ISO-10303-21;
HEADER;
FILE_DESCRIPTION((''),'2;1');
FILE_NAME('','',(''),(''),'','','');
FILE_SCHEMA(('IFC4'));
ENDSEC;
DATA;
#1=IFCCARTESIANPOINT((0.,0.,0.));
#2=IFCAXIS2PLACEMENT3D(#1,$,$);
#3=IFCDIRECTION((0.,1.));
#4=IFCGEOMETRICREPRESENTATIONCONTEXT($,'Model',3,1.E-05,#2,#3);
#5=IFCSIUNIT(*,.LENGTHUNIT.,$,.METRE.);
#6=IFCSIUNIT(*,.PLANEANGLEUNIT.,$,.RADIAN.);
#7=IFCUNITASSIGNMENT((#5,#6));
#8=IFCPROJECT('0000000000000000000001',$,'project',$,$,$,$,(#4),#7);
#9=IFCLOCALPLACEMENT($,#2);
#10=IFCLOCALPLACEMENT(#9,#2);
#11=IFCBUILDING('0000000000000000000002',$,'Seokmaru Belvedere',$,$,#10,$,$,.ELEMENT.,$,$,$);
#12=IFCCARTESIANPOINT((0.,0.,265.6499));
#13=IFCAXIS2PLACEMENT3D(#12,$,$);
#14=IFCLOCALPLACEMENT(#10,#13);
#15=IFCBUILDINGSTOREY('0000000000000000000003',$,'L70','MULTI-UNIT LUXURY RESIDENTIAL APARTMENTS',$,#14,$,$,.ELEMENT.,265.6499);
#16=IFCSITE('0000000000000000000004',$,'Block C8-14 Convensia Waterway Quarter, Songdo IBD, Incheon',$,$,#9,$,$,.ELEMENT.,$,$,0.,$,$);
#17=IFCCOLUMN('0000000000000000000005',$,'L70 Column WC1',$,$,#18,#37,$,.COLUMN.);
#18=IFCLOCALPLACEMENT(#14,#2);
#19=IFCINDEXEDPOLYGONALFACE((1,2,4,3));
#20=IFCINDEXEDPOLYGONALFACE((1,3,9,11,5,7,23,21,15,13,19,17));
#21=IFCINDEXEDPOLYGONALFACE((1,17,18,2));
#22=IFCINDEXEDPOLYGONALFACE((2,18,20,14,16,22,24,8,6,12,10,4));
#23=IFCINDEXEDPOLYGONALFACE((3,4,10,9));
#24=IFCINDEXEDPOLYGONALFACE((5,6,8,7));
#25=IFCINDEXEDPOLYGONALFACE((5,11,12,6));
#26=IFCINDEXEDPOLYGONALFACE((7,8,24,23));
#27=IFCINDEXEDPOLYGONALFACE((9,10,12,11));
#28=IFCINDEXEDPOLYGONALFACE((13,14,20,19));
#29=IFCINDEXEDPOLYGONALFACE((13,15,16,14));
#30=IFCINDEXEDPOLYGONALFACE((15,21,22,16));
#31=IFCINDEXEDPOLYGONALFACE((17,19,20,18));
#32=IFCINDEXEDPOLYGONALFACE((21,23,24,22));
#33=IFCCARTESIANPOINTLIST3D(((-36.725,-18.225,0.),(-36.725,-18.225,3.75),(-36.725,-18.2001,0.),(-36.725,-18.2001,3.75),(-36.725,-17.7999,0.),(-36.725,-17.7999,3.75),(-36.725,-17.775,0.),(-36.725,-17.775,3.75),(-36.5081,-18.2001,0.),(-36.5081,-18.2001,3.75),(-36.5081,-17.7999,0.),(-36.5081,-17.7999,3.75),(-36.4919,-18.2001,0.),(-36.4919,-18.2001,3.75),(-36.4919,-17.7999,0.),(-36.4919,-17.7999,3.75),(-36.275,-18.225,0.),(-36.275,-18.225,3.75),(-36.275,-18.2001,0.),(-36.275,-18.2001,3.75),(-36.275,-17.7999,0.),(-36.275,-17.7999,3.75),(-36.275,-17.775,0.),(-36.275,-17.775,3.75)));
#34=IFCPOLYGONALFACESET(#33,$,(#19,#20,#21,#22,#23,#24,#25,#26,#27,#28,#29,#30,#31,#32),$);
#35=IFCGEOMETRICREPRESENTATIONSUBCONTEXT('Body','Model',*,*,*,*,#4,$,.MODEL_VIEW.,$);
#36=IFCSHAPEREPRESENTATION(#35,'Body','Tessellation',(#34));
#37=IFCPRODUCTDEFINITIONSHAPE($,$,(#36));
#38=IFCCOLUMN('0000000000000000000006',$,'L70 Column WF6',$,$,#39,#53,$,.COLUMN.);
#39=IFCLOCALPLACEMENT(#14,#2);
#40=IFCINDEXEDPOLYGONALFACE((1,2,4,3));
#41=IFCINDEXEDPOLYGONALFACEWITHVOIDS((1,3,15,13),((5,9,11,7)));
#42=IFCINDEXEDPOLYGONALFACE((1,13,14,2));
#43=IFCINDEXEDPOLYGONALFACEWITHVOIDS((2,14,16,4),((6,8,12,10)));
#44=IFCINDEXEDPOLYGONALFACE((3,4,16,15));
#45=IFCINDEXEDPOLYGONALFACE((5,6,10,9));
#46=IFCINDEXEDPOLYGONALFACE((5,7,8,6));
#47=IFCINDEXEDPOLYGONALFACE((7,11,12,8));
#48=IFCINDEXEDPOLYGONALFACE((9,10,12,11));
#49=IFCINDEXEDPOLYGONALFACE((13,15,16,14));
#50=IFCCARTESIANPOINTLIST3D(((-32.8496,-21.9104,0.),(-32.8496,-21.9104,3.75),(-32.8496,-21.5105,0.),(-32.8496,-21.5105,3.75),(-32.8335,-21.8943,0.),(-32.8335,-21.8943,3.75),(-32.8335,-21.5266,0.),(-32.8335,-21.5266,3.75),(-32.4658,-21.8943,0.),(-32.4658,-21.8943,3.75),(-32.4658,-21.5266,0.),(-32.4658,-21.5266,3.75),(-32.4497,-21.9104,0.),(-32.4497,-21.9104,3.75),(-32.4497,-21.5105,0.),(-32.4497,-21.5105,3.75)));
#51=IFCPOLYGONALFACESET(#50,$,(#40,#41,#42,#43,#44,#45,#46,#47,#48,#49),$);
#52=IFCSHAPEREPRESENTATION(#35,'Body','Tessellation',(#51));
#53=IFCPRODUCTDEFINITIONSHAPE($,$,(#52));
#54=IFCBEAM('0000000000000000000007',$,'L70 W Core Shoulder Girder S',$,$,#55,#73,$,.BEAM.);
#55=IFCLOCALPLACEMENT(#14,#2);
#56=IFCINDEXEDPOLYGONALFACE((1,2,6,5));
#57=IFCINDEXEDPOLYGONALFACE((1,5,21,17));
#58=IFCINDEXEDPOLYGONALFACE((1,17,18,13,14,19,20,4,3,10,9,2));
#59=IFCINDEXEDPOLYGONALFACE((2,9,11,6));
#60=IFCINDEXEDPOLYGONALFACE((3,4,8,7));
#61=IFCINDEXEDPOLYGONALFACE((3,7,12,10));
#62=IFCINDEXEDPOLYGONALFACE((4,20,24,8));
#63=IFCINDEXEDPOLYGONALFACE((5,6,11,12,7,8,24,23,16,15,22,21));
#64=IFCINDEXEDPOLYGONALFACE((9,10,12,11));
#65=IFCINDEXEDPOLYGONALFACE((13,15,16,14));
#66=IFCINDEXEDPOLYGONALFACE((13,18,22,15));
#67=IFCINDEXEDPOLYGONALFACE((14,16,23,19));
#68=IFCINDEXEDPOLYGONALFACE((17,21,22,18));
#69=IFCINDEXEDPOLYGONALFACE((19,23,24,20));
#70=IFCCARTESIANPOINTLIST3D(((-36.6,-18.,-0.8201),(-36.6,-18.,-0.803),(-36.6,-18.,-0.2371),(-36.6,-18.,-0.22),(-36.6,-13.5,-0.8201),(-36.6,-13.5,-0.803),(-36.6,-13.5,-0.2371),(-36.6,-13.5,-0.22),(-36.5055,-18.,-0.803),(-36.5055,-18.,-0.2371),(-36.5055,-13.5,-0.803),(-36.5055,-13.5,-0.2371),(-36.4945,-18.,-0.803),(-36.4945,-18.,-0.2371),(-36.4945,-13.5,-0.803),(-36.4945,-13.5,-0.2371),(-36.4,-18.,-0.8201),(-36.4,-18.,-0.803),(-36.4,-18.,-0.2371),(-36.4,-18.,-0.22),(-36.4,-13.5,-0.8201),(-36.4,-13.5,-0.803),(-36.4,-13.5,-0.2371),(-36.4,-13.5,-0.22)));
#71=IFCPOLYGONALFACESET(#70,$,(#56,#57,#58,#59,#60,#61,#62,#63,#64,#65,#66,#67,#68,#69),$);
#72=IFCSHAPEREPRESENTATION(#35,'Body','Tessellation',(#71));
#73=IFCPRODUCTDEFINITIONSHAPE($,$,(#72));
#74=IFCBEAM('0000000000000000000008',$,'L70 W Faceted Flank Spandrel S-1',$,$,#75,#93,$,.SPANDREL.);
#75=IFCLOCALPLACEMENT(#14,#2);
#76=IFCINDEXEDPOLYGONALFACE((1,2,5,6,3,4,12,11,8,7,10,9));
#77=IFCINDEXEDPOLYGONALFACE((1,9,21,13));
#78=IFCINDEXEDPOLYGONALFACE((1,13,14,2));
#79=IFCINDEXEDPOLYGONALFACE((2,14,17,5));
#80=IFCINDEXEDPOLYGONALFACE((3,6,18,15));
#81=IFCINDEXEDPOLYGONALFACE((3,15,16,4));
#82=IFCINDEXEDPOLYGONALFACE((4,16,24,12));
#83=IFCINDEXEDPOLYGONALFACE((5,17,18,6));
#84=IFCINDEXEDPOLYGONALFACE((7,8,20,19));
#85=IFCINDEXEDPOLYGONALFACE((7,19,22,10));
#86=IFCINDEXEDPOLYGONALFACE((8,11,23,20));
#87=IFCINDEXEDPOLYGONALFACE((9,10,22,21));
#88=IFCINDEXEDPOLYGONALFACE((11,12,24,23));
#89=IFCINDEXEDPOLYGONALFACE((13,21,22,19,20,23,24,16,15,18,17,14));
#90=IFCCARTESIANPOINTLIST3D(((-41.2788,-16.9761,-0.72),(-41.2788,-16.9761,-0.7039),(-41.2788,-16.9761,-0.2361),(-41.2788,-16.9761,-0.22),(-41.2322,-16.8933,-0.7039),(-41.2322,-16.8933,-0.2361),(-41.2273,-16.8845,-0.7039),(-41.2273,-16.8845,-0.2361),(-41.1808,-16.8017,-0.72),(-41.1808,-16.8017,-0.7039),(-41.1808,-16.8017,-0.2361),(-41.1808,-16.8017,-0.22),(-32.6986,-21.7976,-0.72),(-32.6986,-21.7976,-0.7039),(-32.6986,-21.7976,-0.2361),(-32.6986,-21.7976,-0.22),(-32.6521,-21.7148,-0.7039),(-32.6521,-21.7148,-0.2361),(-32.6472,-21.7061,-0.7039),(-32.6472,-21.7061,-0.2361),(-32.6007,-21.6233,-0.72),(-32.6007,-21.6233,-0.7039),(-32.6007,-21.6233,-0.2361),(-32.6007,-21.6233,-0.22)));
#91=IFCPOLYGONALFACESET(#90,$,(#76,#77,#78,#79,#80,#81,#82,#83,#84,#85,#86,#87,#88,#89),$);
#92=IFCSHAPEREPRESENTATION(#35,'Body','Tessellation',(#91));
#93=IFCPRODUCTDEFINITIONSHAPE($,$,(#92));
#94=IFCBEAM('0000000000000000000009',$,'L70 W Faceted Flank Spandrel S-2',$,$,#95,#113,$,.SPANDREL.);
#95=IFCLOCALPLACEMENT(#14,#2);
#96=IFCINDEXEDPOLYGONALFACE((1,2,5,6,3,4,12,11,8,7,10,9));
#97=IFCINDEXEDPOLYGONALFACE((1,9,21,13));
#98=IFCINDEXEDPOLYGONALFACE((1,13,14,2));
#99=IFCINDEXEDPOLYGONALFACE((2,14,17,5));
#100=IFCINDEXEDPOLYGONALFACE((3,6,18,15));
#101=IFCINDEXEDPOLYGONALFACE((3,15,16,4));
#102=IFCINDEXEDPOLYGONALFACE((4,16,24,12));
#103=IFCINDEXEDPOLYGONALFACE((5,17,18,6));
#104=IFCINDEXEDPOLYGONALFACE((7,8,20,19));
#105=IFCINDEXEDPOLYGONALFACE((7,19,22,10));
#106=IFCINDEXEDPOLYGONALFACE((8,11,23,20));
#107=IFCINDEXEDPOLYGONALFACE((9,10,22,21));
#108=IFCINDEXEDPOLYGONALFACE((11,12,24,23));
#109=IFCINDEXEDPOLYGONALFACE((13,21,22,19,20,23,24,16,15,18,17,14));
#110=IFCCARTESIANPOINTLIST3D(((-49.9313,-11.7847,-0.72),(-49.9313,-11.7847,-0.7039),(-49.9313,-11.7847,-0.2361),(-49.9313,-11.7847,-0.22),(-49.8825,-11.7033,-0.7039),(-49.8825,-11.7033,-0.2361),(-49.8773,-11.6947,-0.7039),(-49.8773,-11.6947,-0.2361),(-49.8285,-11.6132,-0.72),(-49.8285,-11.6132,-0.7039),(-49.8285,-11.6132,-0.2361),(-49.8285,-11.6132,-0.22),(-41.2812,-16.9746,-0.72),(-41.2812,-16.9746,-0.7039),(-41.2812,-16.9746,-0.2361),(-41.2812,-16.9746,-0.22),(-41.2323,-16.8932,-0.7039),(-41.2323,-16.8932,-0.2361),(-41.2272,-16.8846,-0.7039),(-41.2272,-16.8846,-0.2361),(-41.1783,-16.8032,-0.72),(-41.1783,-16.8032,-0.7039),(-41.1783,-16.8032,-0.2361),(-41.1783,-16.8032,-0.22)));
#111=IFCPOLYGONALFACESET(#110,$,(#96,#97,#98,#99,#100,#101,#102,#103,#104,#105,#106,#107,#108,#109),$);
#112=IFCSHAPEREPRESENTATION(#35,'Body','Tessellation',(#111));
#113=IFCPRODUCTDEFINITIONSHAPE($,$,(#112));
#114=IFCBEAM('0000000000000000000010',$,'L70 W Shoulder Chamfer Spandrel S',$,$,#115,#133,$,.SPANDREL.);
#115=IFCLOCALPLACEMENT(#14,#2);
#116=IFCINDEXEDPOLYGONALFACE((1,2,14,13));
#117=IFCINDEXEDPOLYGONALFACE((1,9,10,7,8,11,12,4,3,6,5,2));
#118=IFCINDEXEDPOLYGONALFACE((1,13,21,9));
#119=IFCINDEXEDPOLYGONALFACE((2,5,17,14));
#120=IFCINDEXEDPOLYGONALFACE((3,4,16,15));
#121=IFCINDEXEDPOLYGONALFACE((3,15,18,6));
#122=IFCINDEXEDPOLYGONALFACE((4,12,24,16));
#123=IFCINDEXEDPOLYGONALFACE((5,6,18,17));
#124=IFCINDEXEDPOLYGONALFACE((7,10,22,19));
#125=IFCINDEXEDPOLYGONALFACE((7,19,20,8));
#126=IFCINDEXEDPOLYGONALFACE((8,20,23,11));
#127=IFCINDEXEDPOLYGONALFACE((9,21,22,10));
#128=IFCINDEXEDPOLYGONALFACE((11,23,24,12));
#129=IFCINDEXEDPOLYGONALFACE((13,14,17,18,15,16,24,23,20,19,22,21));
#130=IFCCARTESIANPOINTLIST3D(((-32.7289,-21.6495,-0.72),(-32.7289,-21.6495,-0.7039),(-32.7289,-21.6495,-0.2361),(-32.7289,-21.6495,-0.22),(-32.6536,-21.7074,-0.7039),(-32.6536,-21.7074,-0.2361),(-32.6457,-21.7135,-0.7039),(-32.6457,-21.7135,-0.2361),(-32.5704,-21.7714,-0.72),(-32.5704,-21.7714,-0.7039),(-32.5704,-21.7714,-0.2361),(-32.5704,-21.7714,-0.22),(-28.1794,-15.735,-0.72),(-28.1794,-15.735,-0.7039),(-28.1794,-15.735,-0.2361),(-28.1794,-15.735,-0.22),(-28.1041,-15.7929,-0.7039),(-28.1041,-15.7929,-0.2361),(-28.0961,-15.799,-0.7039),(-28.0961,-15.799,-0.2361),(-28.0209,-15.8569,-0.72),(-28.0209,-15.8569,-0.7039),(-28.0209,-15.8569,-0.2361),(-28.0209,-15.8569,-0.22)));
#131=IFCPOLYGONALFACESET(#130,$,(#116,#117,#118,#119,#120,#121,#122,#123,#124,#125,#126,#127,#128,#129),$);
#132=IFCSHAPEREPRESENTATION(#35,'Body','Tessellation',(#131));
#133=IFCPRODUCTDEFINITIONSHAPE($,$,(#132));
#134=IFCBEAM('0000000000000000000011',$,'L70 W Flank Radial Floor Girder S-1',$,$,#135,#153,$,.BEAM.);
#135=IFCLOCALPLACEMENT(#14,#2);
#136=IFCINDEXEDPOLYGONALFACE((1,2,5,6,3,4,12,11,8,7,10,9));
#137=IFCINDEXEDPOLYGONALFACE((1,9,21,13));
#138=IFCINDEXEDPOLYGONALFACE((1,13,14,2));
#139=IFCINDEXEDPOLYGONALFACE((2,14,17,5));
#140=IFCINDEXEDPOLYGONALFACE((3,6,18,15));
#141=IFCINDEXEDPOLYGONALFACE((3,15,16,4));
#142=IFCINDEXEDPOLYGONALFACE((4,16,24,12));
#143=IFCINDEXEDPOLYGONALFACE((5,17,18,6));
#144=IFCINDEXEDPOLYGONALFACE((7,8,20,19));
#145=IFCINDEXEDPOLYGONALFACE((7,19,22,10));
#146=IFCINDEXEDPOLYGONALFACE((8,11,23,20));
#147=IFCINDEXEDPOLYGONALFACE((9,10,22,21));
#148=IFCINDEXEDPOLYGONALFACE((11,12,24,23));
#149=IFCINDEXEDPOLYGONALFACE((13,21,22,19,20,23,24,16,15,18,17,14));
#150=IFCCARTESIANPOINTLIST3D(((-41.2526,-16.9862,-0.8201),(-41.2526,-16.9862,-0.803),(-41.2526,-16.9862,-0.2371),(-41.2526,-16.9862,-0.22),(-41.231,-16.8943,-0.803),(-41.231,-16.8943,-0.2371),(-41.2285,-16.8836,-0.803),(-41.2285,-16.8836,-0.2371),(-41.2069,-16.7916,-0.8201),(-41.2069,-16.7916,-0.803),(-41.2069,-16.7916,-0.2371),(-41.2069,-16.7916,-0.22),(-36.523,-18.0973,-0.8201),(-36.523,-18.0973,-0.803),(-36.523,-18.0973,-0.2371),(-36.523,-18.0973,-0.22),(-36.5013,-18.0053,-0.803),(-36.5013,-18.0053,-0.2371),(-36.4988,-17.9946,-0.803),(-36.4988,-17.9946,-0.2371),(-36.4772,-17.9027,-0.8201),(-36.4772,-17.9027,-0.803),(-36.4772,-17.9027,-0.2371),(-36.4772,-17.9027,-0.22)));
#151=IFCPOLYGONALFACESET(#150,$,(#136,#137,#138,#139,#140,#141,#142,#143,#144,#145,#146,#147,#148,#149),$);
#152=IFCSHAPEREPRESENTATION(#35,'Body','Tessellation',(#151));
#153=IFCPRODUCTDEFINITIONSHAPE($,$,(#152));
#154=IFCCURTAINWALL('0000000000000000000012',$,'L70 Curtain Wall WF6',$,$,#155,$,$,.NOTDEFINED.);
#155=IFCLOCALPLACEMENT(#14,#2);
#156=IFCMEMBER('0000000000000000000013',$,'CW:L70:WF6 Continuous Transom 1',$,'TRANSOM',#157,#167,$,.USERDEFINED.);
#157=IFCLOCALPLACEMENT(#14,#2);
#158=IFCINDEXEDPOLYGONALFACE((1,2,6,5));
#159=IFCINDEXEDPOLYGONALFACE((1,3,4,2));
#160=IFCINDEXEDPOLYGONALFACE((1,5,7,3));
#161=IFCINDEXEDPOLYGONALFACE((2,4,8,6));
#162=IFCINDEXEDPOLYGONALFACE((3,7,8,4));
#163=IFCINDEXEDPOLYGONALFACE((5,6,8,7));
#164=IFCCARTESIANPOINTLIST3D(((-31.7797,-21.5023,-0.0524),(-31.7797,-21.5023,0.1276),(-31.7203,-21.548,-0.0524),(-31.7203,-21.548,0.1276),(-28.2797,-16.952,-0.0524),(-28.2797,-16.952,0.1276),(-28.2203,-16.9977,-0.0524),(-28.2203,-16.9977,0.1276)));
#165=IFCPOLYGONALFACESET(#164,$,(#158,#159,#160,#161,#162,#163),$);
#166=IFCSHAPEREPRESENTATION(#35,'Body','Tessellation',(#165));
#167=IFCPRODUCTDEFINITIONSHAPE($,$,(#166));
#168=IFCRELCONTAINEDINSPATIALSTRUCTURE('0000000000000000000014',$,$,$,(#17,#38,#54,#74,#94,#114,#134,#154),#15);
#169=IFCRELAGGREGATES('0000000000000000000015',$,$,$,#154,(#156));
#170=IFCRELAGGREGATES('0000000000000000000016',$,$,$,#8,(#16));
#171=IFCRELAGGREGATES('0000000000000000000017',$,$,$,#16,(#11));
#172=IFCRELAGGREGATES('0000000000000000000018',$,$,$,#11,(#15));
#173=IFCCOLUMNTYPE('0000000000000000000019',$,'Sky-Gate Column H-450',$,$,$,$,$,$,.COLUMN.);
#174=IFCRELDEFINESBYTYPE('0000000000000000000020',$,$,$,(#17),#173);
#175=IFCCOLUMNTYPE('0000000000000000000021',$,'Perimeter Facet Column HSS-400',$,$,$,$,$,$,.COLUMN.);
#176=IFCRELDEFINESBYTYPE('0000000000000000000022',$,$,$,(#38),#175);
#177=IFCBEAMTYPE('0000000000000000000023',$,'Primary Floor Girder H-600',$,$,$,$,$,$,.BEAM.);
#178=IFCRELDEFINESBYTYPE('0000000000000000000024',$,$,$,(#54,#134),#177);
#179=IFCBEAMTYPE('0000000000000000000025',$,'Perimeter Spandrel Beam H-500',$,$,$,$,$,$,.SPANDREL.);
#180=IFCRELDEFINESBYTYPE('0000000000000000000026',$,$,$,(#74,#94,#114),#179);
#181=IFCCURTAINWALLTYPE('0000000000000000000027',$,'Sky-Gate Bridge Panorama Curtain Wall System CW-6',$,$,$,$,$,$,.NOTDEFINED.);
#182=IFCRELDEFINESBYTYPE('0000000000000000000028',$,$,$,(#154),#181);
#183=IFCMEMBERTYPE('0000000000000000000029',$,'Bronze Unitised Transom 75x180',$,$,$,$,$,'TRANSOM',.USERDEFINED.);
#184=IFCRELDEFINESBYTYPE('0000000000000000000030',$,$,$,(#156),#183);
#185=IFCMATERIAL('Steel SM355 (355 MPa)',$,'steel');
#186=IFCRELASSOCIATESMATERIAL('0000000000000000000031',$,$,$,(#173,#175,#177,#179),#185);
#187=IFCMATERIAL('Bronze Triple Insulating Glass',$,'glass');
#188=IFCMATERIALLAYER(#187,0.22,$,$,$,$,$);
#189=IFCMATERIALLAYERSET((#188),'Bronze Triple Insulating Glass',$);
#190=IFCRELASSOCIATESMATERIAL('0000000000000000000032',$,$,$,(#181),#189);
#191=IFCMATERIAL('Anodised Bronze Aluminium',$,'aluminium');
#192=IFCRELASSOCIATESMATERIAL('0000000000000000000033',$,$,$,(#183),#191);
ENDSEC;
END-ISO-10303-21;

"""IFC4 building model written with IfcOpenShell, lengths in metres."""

from ifc_helpers import new_model, si_unit, direction, frame, origin, origin_2d, place, context, subcontext, project, spatial, rectangle, hollow_rectangle, i_section, extrude, source, transform, mapped, material, layer, layer_set, material_profile, profile_set, type_object, type_shapes, element, aggregate, save


model = new_model("IFC4")

# Units and contexts
model_context = context("Model", 3, precision=1e-05, world=origin(), true_north=direction((0.0, 1.0)))
body_context = subcontext(model_context, "Body", "Model", "MODEL_VIEW")
ifc_project = project(units=[si_unit("LENGTHUNIT", "METRE"), si_unit("PLANEANGLEUNIT", "RADIAN")], contexts=[model_context])

# Site, building, storey
site_placement = place(None, origin())
site = spatial("IfcSite", under=ifc_project, at=site_placement, Name="Block C8-14 Convensia Waterway Quarter, Songdo IBD, Incheon", CompositionType="ELEMENT", RefElevation=0.0)
building_placement = place(site_placement, origin())
building = spatial("IfcBuilding", under=site, at=building_placement, Name="Seokmaru Belvedere", CompositionType="ELEMENT")
storey_placement = place(building_placement, frame((0.0, 0.0, 265.6499)))
storey = spatial("IfcBuildingStorey", under=building, at=storey_placement, Name="L70", Description="MULTI-UNIT LUXURY RESIDENTIAL APARTMENTS", CompositionType="ELEMENT", Elevation=265.6499)

# Columns
ifc_material_1 = material(Name="Steel SM355 (355 MPa)", Category="steel")
ifc_material_profile_1 = material_profile(ifc_material_1, i_section(OverallWidth=0.45, OverallDepth=0.45, WebThickness=0.0161, FlangeThickness=0.0249, at=origin_2d()), Name="H-450x450x16x25")
ifc_profile_set_1 = profile_set([ifc_material_profile_1], Name="Steel SM355 (355 MPa)")
column_type_1 = type_object("IfcColumnType", Name="Sky-Gate Column H-450", PredefinedType="COLUMN", material=ifc_profile_set_1)
shared_shape_1 = source(origin(), body_context, "Body", "SweptSolid", [
    extrude(i_section(OverallWidth=0.45, OverallDepth=0.45, WebThickness=0.0161, FlangeThickness=0.0249, at=origin_2d()), origin(), (0.0, 0.0, 1.0), 3.75),
])
type_shapes(column_type_1, [shared_shape_1])
column_1_placement = place(storey_placement, frame((-36.5, -18.0, 0.0), z_axis=(0.0, 0.0, 1.0), x_axis=(1.0, 0.0, 0.0)))
element("IfcColumn", 1, at=column_1_placement, inside=storey, type_object=column_type_1, Name="L70 Column WC1", PredefinedType="COLUMN", context=body_context, shape_type="MappedRepresentation", body=[
    mapped(shared_shape_1, transform((0.0, 0.0, 0.0), scale=1.0)),
])
ifc_material_profile_2 = material_profile(ifc_material_1, hollow_rectangle(XDim=0.3999, YDim=0.3999, WallThickness=0.0161, at=origin_2d()), Name="HSS-400x400x16")
ifc_profile_set_2 = profile_set([ifc_material_profile_2], Name="Steel SM355 (355 MPa)")
column_type_2 = type_object("IfcColumnType", Name="Perimeter Facet Column HSS-400", PredefinedType="COLUMN", material=ifc_profile_set_2)
shared_shape_2 = source(origin(), body_context, "Body", "SweptSolid", [
    extrude(hollow_rectangle(XDim=0.3999, YDim=0.3999, WallThickness=0.0161, at=origin_2d()), origin(), (0.0, 0.0, 1.0), 3.75),
])
type_shapes(column_type_2, [shared_shape_2])
column_2_placement = place(storey_placement, frame((-32.6497, -21.7104, 0.0), z_axis=(0.0, 0.0, 1.0), x_axis=(1.0, 0.0, 0.0)))
element("IfcColumn", 2, at=column_2_placement, inside=storey, type_object=column_type_2, Name="L70 Column WF6", PredefinedType="COLUMN", context=body_context, shape_type="MappedRepresentation", body=[
    mapped(shared_shape_2, transform((0.0, 0.0, 0.0), scale=1.0)),
])

# Beams
ifc_material_profile_3 = material_profile(ifc_material_1, i_section(OverallWidth=0.2, OverallDepth=0.6001, WebThickness=0.011, FlangeThickness=0.0171, at=origin_2d()), Name="H-600x200x11x17")
ifc_profile_set_3 = profile_set([ifc_material_profile_3], Name="Steel SM355 (355 MPa)")
beam_type_1 = type_object("IfcBeamType", Name="Primary Floor Girder H-600", PredefinedType="BEAM", material=ifc_profile_set_3)
shared_shape_3 = source(origin(), body_context, "Body", "SweptSolid", [
    extrude(i_section(OverallWidth=0.2, OverallDepth=0.6001, WebThickness=0.011, FlangeThickness=0.0171, at=origin_2d()), origin(), (0.0, 0.0, 1.0), 4.5),
])
beam_1_placement = place(storey_placement, frame((-36.5, -18.0, -0.52), z_axis=(0.0, 1.0, 0.0), x_axis=(-1.0, 0.0, 0.0)))
element("IfcBeam", 3, at=beam_1_placement, inside=storey, type_object=beam_type_1, Name="L70 W Core Shoulder Girder S", PredefinedType="BEAM", context=body_context, shape_type="MappedRepresentation", body=[
    mapped(shared_shape_3, transform((0.0, 0.0, 0.0), scale=1.0)),
])
ifc_material_profile_4 = material_profile(ifc_material_1, i_section(OverallWidth=0.2, OverallDepth=0.5, WebThickness=0.01, FlangeThickness=0.0161, at=origin_2d()), Name="H-500x200x10x16")
ifc_profile_set_4 = profile_set([ifc_material_profile_4], Name="Steel SM355 (355 MPa)")
beam_type_2 = type_object("IfcBeamType", Name="Perimeter Spandrel Beam H-500", PredefinedType="SPANDREL", material=ifc_profile_set_4)
shared_shape_4 = source(origin(), body_context, "Body", "SweptSolid", [
    extrude(i_section(OverallWidth=0.2, OverallDepth=0.5, WebThickness=0.01, FlangeThickness=0.0161, at=origin_2d()), origin(), (0.0, 0.0, 1.0), 9.842),
])
beam_2_placement = place(storey_placement, frame((-32.6497, -21.7104, -0.47), z_axis=(-0.871782, 0.489894, 0.0), x_axis=(-0.489894, -0.871782, 0.0)))
element("IfcBeam", 4, at=beam_2_placement, inside=storey, type_object=beam_type_2, Name="L70 W Faceted Flank Spandrel S-1", PredefinedType="SPANDREL", context=body_context, shape_type="MappedRepresentation", body=[
    mapped(shared_shape_4, transform((0.0, 0.0, 0.0), scale=1.0)),
])
shared_shape_5 = source(origin(), body_context, "Body", "SweptSolid", [
    extrude(i_section(OverallWidth=0.2, OverallDepth=0.5, WebThickness=0.01, FlangeThickness=0.0161, at=origin_2d()), origin(), (0.0, 0.0, 1.0), 10.0876),
])
beam_3_placement = place(storey_placement, frame((-41.2297, -16.8889, -0.47), z_axis=(-0.857499, 0.514485, 0.0), x_axis=(-0.514485, -0.857499, 0.0)))
element("IfcBeam", 5, at=beam_3_placement, inside=storey, type_object=beam_type_2, Name="L70 W Faceted Flank Spandrel S-2", PredefinedType="SPANDREL", context=body_context, shape_type="MappedRepresentation", body=[
    mapped(shared_shape_5, transform((0.0, 0.0, 0.0), scale=1.0)),
])
shared_shape_6 = source(origin(), body_context, "Body", "SweptSolid", [
    extrude(i_section(OverallWidth=0.2, OverallDepth=0.5, WebThickness=0.01, FlangeThickness=0.0161, at=origin_2d()), origin(), (0.0, 0.0, 1.0), 7.4619),
])
type_shapes(beam_type_2, [shared_shape_4, shared_shape_5, shared_shape_6])
beam_4_placement = place(storey_placement, frame((-32.6497, -21.7104, -0.47), z_axis=(0.609703, 0.79263, 0.0), x_axis=(-0.79263, 0.609703, 0.0)))
element("IfcBeam", 6, at=beam_4_placement, inside=storey, type_object=beam_type_2, Name="L70 W Shoulder Chamfer Spandrel S", PredefinedType="SPANDREL", context=body_context, shape_type="MappedRepresentation", body=[
    mapped(shared_shape_6, transform((0.0, 0.0, 0.0), scale=1.0)),
])
shared_shape_7 = source(origin(), body_context, "Body", "SweptSolid", [
    extrude(i_section(OverallWidth=0.2, OverallDepth=0.6001, WebThickness=0.011, FlangeThickness=0.0171, at=origin_2d()), origin(), (0.0, 0.0, 1.0), 4.8584),
])
type_shapes(beam_type_1, [shared_shape_3, shared_shape_7])
beam_5_placement = place(storey_placement, frame((-41.2297, -16.8889, -0.52), z_axis=(0.973499, -0.228689, 0.0), x_axis=(0.228689, 0.973499, 0.0)))
element("IfcBeam", 7, at=beam_5_placement, inside=storey, type_object=beam_type_1, Name="L70 W Flank Radial Floor Girder S-1", PredefinedType="BEAM", context=body_context, shape_type="MappedRepresentation", body=[
    mapped(shared_shape_7, transform((0.0, 0.0, 0.0), scale=1.0)),
])

# Curtain wall, member
ifc_material_2 = material(Name="Bronze Triple Insulating Glass", Category="glass")
ifc_layer_1 = layer(ifc_material_2, 0.22)
ifc_layer_set_1 = layer_set([ifc_layer_1], Name="Bronze Triple Insulating Glass")
curtain_wall_type = type_object("IfcCurtainWallType", Name="Sky-Gate Bridge Panorama Curtain Wall System CW-6", PredefinedType="NOTDEFINED", material=ifc_layer_set_1)
curtain_wall_1_placement = place(storey_placement, origin())
curtain_wall_1 = element("IfcCurtainWall", 8, at=curtain_wall_1_placement, inside=storey, type_object=curtain_wall_type, Name="L70 Curtain Wall WF6", PredefinedType="NOTDEFINED")
ifc_material_3 = material(Name="Anodised Bronze Aluminium", Category="aluminium")
ifc_material_profile_5 = material_profile(ifc_material_3, rectangle(XDim=0.075, YDim=0.1799, at=origin_2d()), Name="CW-T-75x180")
ifc_profile_set_5 = profile_set([ifc_material_profile_5], Name="Anodised Bronze Aluminium")
member_type_1 = type_object("IfcMemberType", Name="Bronze Unitised Transom 75x180", ElementType="TRANSOM", PredefinedType="USERDEFINED", material=ifc_profile_set_5)
shared_shape_8 = source(origin(), body_context, "Body", "SweptSolid", [
    extrude(rectangle(XDim=0.075, YDim=0.1799, at=origin_2d()), origin(), (0.0, 0.0, 1.0), 5.7407),
])
type_shapes(member_type_1, [shared_shape_8])
member_1_placement = place(storey_placement, frame((-31.75, -21.5251, 0.0376), z_axis=(0.609686, 0.792643, 0.0), x_axis=(-0.792643, 0.609686, 0.0)))
member_1 = element("IfcMember", 9, at=member_1_placement, type_object=member_type_1, Name="CW:L70:WF6 Continuous Transom 1", ObjectType="TRANSOM", PredefinedType="USERDEFINED", context=body_context, shape_type="MappedRepresentation", body=[
    mapped(shared_shape_8, transform((0.0, 0.0, 0.0), scale=1.0)),
])

aggregate(curtain_wall_1, [member_1])

save(model, "model.ifc")
